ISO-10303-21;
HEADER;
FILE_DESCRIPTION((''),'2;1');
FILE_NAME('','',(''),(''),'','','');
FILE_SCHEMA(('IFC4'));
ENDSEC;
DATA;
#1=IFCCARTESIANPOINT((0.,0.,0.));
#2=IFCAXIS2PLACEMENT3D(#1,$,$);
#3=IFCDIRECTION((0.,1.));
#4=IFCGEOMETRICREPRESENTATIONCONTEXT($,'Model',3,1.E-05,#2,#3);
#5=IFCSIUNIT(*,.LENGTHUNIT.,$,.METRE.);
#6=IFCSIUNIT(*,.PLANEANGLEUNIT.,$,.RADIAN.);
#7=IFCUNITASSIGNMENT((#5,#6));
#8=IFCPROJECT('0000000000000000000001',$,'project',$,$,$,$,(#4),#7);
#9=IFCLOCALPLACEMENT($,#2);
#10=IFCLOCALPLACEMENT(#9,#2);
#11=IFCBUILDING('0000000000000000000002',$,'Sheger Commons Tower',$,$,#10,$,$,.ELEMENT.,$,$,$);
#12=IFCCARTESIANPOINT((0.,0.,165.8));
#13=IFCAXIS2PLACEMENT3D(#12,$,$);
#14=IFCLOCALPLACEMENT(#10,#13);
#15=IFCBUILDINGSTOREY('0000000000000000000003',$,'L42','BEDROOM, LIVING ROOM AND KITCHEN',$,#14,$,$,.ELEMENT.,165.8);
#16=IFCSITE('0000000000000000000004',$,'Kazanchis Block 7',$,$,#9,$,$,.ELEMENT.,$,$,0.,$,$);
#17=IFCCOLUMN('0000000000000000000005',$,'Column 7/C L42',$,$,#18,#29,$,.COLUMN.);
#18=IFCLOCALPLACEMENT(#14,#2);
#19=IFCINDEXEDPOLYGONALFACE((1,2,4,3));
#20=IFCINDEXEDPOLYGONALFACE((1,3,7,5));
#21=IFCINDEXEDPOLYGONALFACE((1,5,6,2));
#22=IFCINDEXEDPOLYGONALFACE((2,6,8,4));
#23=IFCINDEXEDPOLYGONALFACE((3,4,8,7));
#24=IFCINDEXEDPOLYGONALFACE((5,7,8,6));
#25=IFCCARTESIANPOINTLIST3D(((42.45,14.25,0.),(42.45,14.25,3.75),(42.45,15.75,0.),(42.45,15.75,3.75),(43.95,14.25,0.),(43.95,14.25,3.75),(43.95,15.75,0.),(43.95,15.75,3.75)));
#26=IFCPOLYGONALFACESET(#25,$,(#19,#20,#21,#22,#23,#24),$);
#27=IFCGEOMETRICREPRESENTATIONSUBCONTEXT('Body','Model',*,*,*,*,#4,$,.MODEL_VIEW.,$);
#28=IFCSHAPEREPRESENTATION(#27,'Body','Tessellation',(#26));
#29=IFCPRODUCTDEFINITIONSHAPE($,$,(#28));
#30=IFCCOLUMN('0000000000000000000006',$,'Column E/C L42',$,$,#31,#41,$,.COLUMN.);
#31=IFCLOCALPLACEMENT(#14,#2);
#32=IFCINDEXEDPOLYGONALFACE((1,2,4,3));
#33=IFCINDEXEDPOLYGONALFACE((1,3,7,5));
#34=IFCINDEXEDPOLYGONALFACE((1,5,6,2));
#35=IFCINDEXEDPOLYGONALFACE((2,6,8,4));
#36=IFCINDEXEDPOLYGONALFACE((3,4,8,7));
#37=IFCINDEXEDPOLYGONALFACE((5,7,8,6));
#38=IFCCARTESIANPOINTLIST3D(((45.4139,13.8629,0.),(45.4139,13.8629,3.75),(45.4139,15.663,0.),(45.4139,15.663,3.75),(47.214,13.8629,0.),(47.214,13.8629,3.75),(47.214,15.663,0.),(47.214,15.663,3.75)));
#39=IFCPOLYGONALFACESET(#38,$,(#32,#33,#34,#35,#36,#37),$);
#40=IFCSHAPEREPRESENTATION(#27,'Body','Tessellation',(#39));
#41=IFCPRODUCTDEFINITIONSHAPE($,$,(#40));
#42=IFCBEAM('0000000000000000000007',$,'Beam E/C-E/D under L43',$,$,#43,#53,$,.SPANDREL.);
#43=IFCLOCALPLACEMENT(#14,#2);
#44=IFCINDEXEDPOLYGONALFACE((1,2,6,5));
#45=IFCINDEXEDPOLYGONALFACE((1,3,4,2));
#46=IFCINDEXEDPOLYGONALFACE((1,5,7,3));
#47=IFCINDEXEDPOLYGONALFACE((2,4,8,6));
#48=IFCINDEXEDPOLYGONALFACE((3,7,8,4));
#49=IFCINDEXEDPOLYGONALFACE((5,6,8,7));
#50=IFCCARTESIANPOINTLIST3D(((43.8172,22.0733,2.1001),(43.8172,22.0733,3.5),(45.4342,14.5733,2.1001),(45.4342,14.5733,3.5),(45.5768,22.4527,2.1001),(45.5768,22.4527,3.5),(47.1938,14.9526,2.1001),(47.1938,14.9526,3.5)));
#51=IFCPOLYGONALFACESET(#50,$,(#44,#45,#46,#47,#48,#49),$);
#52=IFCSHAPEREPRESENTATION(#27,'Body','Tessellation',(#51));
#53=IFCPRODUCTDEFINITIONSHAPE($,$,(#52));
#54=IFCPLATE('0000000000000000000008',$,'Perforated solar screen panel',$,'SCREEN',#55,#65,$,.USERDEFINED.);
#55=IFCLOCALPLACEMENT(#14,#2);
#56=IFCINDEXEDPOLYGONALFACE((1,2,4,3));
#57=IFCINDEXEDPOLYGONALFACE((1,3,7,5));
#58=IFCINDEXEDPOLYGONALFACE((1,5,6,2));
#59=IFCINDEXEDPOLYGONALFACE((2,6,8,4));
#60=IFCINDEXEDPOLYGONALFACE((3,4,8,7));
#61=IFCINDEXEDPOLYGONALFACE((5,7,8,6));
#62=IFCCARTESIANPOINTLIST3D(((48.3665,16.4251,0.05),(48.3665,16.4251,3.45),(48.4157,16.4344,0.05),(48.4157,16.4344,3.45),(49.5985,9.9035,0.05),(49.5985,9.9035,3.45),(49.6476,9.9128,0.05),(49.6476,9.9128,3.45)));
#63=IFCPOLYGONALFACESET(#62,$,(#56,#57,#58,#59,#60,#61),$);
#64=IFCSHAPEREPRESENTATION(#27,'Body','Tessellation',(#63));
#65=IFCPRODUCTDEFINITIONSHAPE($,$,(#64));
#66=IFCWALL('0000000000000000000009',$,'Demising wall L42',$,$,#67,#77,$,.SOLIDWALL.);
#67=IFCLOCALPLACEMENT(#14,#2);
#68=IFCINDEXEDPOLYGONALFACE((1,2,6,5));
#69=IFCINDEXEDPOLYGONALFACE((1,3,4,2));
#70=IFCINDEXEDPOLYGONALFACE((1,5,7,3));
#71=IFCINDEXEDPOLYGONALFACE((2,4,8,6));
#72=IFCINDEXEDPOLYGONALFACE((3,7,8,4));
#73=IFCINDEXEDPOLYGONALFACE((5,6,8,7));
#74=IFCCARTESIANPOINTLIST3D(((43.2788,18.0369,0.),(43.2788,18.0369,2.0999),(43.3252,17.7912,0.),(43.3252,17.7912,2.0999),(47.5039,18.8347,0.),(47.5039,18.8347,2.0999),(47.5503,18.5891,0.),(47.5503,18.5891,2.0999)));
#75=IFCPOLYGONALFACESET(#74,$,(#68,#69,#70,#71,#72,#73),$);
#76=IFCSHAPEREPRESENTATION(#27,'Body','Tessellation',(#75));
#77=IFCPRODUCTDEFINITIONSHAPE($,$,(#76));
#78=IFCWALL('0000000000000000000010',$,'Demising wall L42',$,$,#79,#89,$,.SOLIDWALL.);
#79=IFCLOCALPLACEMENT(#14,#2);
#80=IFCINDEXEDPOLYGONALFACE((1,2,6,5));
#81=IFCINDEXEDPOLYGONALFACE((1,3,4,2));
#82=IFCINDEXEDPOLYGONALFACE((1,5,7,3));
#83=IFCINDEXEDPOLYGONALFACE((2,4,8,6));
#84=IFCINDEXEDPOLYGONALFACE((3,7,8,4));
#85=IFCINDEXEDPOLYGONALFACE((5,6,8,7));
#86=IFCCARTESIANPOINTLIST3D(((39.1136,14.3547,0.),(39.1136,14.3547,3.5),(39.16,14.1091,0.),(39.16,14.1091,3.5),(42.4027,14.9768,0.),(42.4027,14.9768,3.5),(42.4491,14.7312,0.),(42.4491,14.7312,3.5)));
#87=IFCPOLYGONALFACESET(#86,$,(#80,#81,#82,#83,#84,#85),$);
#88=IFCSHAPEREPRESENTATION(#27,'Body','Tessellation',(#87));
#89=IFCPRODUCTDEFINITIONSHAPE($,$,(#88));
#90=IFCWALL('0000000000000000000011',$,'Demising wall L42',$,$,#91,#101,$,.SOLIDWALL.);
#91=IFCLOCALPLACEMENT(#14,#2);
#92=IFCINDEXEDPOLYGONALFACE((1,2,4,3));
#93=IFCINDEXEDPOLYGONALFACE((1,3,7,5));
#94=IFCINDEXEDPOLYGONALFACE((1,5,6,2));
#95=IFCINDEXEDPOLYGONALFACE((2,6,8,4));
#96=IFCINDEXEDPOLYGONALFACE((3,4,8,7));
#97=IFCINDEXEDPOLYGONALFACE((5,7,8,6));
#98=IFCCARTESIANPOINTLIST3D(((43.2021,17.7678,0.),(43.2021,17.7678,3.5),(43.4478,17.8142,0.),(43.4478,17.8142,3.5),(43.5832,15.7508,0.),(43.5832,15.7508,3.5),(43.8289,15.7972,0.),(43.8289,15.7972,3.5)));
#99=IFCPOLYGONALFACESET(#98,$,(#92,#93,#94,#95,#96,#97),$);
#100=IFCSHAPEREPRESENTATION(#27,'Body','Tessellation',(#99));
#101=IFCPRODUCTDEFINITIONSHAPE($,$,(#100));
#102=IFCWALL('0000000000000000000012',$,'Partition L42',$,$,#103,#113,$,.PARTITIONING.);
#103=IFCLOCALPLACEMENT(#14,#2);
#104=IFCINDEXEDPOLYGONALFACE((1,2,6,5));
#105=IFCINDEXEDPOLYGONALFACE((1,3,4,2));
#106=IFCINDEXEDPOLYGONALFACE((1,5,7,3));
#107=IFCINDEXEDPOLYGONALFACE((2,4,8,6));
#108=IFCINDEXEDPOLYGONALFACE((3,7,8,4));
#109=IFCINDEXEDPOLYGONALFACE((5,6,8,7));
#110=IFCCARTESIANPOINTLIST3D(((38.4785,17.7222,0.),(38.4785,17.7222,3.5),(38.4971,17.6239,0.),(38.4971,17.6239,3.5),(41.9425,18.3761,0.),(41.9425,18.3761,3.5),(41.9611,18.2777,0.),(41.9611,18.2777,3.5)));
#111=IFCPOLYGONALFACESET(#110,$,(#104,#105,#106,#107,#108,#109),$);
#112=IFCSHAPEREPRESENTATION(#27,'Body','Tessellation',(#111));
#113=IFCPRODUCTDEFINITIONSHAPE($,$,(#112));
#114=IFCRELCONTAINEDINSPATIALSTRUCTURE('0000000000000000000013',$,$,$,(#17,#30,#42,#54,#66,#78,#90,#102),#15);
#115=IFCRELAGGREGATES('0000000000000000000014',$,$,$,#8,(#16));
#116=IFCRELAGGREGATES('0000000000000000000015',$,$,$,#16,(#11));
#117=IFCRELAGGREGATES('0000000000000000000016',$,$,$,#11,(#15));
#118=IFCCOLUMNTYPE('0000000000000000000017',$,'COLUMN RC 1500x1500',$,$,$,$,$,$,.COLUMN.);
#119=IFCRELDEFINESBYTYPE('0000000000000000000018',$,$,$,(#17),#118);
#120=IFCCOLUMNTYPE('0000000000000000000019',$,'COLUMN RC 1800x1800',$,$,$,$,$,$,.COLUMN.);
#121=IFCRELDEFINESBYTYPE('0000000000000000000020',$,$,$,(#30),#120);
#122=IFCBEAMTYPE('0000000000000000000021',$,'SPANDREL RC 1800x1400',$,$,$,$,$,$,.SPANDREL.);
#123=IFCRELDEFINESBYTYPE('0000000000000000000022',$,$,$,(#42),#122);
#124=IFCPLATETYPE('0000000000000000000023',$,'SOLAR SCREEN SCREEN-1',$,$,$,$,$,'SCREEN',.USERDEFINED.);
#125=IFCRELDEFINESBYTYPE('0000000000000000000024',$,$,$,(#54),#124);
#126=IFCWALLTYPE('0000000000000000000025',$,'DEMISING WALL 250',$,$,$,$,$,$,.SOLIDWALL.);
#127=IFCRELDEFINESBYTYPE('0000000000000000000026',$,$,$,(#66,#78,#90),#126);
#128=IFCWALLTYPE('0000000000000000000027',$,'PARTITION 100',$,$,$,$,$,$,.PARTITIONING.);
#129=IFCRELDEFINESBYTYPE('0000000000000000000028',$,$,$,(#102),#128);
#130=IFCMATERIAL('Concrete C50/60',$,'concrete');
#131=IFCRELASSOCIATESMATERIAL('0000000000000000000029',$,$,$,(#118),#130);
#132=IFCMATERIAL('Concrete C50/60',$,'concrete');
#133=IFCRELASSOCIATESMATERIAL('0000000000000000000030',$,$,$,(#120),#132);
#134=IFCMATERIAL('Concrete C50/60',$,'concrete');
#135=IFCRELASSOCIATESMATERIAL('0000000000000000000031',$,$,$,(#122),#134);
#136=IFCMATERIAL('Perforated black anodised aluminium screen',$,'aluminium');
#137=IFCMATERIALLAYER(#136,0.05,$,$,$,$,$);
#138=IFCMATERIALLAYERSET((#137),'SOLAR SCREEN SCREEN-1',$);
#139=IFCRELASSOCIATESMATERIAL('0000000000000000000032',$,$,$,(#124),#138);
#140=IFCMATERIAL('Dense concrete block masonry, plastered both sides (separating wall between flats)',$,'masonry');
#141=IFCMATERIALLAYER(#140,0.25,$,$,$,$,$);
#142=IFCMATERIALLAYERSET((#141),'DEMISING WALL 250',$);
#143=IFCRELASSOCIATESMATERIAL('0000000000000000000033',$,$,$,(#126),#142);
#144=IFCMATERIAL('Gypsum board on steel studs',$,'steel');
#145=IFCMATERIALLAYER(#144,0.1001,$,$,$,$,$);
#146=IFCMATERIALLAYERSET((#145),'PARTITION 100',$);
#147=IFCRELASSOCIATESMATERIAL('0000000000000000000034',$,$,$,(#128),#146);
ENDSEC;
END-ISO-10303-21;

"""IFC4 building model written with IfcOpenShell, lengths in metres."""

from ifc_helpers import new_model, si_unit, direction, frame, frame_2d, origin, origin_2d, place, context, subcontext, project, spatial, rectangle, extrude, material, layer, layer_set, material_profile, profile_set, type_object, element, save


model = new_model("IFC4")

# Units and contexts
model_context = context("Model", 3, precision=1e-05, world=origin(), true_north=direction((0.0, 1.0)))
body_context = subcontext(model_context, "Body", "Model", "MODEL_VIEW")
ifc_project = project(units=[si_unit("LENGTHUNIT", "METRE"), si_unit("PLANEANGLEUNIT", "RADIAN")], contexts=[model_context])

# Site, building, storey
site_placement = place(None, origin())
site = spatial("IfcSite", under=ifc_project, at=site_placement, Name="Kazanchis Block 7", CompositionType="ELEMENT", RefElevation=0.0)
building_placement = place(site_placement, origin())
building = spatial("IfcBuilding", under=site, at=building_placement, Name="Sheger Commons Tower", CompositionType="ELEMENT")
storey_placement = place(building_placement, frame((0.0, 0.0, 165.8)))
storey = spatial("IfcBuildingStorey", under=building, at=storey_placement, Name="L42", Description="BEDROOM, LIVING ROOM AND KITCHEN", CompositionType="ELEMENT", Elevation=165.8)

# Columns
ifc_material_1 = material(Name="Concrete C50/60", Category="concrete")
ifc_material_profile_1 = material_profile(ifc_material_1, rectangle(XDim=1.5, YDim=1.5, at=origin_2d()), Name="RC 1500x1500")
ifc_profile_set_1 = profile_set([ifc_material_profile_1], Name="Concrete C50/60")
column_type_1 = type_object("IfcColumnType", Name="COLUMN RC 1500x1500", PredefinedType="COLUMN", material=ifc_profile_set_1)
column_1_placement = place(storey_placement, frame((43.2, 15.0, 0.0), z_axis=(0.0, 0.0, 1.0), x_axis=(1.0, 0.0, 0.0)))
element("IfcColumn", 1, at=column_1_placement, inside=storey, type_object=column_type_1, Name="Column 7/C L42", PredefinedType="COLUMN", context=body_context, shape_type="SweptSolid", body=[
    extrude(rectangle(XDim=1.5, YDim=1.5, at=origin_2d()), origin(), (0.0, 0.0, 1.0), 3.75),
])
ifc_material_2 = material(Name="Concrete C50/60", Category="concrete")
ifc_material_profile_2 = material_profile(ifc_material_2, rectangle(XDim=1.8, YDim=1.8, at=origin_2d()), Name="RC 1800x1800")
ifc_profile_set_2 = profile_set([ifc_material_profile_2], Name="Concrete C50/60")
column_type_2 = type_object("IfcColumnType", Name="COLUMN RC 1800x1800", PredefinedType="COLUMN", material=ifc_profile_set_2)
column_2_placement = place(storey_placement, frame((46.314, 14.7629, 0.0), z_axis=(0.0, 0.0, 1.0), x_axis=(1.0, 0.0, 0.0)))
element("IfcColumn", 2, at=column_2_placement, inside=storey, type_object=column_type_2, Name="Column E/C L42", PredefinedType="COLUMN", context=body_context, shape_type="SweptSolid", body=[
    extrude(rectangle(XDim=1.8, YDim=1.8, at=origin_2d()), origin(), (0.0, 0.0, 1.0), 3.75),
])

# Beam
ifc_material_3 = material(Name="Concrete C50/60", Category="concrete")
ifc_material_profile_3 = material_profile(ifc_material_3, rectangle(XDim=1.8, YDim=1.3999, at=origin_2d()), Name="RC 1800x1400")
ifc_profile_set_3 = profile_set([ifc_material_profile_3], Name="Concrete C50/60")
beam_type = type_object("IfcBeamType", Name="SPANDREL RC 1800x1400", PredefinedType="SPANDREL", material=ifc_profile_set_3)
beam_placement = place(storey_placement, frame((46.314, 14.7629, 2.8), z_axis=(-0.21075, 0.97754, 0.0), x_axis=(-0.97754, -0.21075, 0.0)))
element("IfcBeam", 3, at=beam_placement, inside=storey, type_object=beam_type, Name="Beam E/C-E/D under L43", PredefinedType="SPANDREL", context=body_context, shape_type="SweptSolid", body=[
    extrude(rectangle(XDim=1.8, YDim=1.3999, at=origin_2d()), origin(), (0.0, 0.0, 1.0), 7.6724),
])

# Plate
ifc_material_4 = material(Name="Perforated black anodised aluminium screen", Category="aluminium")
ifc_layer_1 = layer(ifc_material_4, 0.05)
ifc_layer_set_1 = layer_set([ifc_layer_1], Name="SOLAR SCREEN SCREEN-1")
plate_type = type_object("IfcPlateType", Name="SOLAR SCREEN SCREEN-1", ElementType="SCREEN", PredefinedType="USERDEFINED", material=ifc_layer_set_1)
plate_placement = place(storey_placement, frame((49.0071, 13.1689, 0.05), z_axis=(0.0, 0.0, 1.0), x_axis=(-0.185615, 0.982623, 0.0)))
element("IfcPlate", 4, at=plate_placement, inside=storey, type_object=plate_type, Name="Perforated solar screen panel", ObjectType="SCREEN", PredefinedType="USERDEFINED", context=body_context, shape_type="SweptSolid", body=[
    extrude(rectangle(XDim=6.637, YDim=0.05, at=origin_2d()), origin(), (0.0, 0.0, 1.0), 3.3999),
])

# Walls
ifc_material_5 = material(Name="Dense concrete block masonry, plastered both sides (separating wall between flats)", Category="masonry")
ifc_layer_2 = layer(ifc_material_5, 0.25)
ifc_layer_set_2 = layer_set([ifc_layer_2], Name="DEMISING WALL 250")
wall_type_1 = type_object("IfcWallType", Name="DEMISING WALL 250", PredefinedType="SOLIDWALL", material=ifc_layer_set_2)
wall_1_placement = place(storey_placement, frame((47.5271, 18.7119, 0.0), z_axis=(0.0, 0.0, 1.0), x_axis=(-0.982634, -0.185557, 0.0)))
element("IfcWall", 5, at=wall_1_placement, inside=storey, type_object=wall_type_1, Name="Demising wall L42", PredefinedType="SOLIDWALL", context=body_context, shape_type="SweptSolid", body=[
    extrude(rectangle(XDim=4.2998, YDim=0.25, at=frame_2d((2.1499, 0.0))), origin(), (0.0, 0.0, 1.0), 2.0999),
])
wall_2_placement = place(storey_placement, frame((42.426, 14.854, 0.0), z_axis=(0.0, 0.0, 1.0), x_axis=(-0.98258, -0.185838, 0.0)))
element("IfcWall", 6, at=wall_2_placement, inside=storey, type_object=wall_type_1, Name="Demising wall L42", PredefinedType="SOLIDWALL", context=body_context, shape_type="SweptSolid", body=[
    extrude(rectangle(XDim=3.3474, YDim=0.25, at=frame_2d((1.6738, 0.0))), origin(), (0.0, 0.0, 1.0), 3.5),
])
wall_3_placement = place(storey_placement, frame((43.325, 17.791, 0.0), z_axis=(0.0, 0.0, 1.0), x_axis=(0.185653, -0.982615, 0.0)))
element("IfcWall", 7, at=wall_3_placement, inside=storey, type_object=wall_type_1, Name="Demising wall L42", PredefinedType="SOLIDWALL", context=body_context, shape_type="SweptSolid", body=[
    extrude(rectangle(XDim=2.0527, YDim=0.25, at=frame_2d((1.0264, 0.0))), origin(), (0.0, 0.0, 1.0), 3.5),
])
ifc_material_6 = material(Name="Gypsum board on steel studs", Category="steel")
ifc_layer_3 = layer(ifc_material_6, 0.1001)
ifc_layer_set_3 = layer_set([ifc_layer_3], Name="PARTITION 100")
wall_type_2 = type_object("IfcWallType", Name="PARTITION 100", PredefinedType="PARTITIONING", material=ifc_layer_set_3)
wall_4_placement = place(storey_placement, frame((41.9519, 18.3269, 0.0), z_axis=(0.0, 0.0, 1.0), x_axis=(-0.982649, -0.185476, 0.0)))
element("IfcWall", 8, at=wall_4_placement, inside=storey, type_object=wall_type_2, Name="Partition L42", PredefinedType="PARTITIONING", context=body_context, shape_type="SweptSolid", body=[
    extrude(rectangle(XDim=3.5251, YDim=0.1001, at=frame_2d((1.7627, 0.0))), origin(), (0.0, 0.0, 1.0), 3.5),
])

save(model, "model.ifc")
